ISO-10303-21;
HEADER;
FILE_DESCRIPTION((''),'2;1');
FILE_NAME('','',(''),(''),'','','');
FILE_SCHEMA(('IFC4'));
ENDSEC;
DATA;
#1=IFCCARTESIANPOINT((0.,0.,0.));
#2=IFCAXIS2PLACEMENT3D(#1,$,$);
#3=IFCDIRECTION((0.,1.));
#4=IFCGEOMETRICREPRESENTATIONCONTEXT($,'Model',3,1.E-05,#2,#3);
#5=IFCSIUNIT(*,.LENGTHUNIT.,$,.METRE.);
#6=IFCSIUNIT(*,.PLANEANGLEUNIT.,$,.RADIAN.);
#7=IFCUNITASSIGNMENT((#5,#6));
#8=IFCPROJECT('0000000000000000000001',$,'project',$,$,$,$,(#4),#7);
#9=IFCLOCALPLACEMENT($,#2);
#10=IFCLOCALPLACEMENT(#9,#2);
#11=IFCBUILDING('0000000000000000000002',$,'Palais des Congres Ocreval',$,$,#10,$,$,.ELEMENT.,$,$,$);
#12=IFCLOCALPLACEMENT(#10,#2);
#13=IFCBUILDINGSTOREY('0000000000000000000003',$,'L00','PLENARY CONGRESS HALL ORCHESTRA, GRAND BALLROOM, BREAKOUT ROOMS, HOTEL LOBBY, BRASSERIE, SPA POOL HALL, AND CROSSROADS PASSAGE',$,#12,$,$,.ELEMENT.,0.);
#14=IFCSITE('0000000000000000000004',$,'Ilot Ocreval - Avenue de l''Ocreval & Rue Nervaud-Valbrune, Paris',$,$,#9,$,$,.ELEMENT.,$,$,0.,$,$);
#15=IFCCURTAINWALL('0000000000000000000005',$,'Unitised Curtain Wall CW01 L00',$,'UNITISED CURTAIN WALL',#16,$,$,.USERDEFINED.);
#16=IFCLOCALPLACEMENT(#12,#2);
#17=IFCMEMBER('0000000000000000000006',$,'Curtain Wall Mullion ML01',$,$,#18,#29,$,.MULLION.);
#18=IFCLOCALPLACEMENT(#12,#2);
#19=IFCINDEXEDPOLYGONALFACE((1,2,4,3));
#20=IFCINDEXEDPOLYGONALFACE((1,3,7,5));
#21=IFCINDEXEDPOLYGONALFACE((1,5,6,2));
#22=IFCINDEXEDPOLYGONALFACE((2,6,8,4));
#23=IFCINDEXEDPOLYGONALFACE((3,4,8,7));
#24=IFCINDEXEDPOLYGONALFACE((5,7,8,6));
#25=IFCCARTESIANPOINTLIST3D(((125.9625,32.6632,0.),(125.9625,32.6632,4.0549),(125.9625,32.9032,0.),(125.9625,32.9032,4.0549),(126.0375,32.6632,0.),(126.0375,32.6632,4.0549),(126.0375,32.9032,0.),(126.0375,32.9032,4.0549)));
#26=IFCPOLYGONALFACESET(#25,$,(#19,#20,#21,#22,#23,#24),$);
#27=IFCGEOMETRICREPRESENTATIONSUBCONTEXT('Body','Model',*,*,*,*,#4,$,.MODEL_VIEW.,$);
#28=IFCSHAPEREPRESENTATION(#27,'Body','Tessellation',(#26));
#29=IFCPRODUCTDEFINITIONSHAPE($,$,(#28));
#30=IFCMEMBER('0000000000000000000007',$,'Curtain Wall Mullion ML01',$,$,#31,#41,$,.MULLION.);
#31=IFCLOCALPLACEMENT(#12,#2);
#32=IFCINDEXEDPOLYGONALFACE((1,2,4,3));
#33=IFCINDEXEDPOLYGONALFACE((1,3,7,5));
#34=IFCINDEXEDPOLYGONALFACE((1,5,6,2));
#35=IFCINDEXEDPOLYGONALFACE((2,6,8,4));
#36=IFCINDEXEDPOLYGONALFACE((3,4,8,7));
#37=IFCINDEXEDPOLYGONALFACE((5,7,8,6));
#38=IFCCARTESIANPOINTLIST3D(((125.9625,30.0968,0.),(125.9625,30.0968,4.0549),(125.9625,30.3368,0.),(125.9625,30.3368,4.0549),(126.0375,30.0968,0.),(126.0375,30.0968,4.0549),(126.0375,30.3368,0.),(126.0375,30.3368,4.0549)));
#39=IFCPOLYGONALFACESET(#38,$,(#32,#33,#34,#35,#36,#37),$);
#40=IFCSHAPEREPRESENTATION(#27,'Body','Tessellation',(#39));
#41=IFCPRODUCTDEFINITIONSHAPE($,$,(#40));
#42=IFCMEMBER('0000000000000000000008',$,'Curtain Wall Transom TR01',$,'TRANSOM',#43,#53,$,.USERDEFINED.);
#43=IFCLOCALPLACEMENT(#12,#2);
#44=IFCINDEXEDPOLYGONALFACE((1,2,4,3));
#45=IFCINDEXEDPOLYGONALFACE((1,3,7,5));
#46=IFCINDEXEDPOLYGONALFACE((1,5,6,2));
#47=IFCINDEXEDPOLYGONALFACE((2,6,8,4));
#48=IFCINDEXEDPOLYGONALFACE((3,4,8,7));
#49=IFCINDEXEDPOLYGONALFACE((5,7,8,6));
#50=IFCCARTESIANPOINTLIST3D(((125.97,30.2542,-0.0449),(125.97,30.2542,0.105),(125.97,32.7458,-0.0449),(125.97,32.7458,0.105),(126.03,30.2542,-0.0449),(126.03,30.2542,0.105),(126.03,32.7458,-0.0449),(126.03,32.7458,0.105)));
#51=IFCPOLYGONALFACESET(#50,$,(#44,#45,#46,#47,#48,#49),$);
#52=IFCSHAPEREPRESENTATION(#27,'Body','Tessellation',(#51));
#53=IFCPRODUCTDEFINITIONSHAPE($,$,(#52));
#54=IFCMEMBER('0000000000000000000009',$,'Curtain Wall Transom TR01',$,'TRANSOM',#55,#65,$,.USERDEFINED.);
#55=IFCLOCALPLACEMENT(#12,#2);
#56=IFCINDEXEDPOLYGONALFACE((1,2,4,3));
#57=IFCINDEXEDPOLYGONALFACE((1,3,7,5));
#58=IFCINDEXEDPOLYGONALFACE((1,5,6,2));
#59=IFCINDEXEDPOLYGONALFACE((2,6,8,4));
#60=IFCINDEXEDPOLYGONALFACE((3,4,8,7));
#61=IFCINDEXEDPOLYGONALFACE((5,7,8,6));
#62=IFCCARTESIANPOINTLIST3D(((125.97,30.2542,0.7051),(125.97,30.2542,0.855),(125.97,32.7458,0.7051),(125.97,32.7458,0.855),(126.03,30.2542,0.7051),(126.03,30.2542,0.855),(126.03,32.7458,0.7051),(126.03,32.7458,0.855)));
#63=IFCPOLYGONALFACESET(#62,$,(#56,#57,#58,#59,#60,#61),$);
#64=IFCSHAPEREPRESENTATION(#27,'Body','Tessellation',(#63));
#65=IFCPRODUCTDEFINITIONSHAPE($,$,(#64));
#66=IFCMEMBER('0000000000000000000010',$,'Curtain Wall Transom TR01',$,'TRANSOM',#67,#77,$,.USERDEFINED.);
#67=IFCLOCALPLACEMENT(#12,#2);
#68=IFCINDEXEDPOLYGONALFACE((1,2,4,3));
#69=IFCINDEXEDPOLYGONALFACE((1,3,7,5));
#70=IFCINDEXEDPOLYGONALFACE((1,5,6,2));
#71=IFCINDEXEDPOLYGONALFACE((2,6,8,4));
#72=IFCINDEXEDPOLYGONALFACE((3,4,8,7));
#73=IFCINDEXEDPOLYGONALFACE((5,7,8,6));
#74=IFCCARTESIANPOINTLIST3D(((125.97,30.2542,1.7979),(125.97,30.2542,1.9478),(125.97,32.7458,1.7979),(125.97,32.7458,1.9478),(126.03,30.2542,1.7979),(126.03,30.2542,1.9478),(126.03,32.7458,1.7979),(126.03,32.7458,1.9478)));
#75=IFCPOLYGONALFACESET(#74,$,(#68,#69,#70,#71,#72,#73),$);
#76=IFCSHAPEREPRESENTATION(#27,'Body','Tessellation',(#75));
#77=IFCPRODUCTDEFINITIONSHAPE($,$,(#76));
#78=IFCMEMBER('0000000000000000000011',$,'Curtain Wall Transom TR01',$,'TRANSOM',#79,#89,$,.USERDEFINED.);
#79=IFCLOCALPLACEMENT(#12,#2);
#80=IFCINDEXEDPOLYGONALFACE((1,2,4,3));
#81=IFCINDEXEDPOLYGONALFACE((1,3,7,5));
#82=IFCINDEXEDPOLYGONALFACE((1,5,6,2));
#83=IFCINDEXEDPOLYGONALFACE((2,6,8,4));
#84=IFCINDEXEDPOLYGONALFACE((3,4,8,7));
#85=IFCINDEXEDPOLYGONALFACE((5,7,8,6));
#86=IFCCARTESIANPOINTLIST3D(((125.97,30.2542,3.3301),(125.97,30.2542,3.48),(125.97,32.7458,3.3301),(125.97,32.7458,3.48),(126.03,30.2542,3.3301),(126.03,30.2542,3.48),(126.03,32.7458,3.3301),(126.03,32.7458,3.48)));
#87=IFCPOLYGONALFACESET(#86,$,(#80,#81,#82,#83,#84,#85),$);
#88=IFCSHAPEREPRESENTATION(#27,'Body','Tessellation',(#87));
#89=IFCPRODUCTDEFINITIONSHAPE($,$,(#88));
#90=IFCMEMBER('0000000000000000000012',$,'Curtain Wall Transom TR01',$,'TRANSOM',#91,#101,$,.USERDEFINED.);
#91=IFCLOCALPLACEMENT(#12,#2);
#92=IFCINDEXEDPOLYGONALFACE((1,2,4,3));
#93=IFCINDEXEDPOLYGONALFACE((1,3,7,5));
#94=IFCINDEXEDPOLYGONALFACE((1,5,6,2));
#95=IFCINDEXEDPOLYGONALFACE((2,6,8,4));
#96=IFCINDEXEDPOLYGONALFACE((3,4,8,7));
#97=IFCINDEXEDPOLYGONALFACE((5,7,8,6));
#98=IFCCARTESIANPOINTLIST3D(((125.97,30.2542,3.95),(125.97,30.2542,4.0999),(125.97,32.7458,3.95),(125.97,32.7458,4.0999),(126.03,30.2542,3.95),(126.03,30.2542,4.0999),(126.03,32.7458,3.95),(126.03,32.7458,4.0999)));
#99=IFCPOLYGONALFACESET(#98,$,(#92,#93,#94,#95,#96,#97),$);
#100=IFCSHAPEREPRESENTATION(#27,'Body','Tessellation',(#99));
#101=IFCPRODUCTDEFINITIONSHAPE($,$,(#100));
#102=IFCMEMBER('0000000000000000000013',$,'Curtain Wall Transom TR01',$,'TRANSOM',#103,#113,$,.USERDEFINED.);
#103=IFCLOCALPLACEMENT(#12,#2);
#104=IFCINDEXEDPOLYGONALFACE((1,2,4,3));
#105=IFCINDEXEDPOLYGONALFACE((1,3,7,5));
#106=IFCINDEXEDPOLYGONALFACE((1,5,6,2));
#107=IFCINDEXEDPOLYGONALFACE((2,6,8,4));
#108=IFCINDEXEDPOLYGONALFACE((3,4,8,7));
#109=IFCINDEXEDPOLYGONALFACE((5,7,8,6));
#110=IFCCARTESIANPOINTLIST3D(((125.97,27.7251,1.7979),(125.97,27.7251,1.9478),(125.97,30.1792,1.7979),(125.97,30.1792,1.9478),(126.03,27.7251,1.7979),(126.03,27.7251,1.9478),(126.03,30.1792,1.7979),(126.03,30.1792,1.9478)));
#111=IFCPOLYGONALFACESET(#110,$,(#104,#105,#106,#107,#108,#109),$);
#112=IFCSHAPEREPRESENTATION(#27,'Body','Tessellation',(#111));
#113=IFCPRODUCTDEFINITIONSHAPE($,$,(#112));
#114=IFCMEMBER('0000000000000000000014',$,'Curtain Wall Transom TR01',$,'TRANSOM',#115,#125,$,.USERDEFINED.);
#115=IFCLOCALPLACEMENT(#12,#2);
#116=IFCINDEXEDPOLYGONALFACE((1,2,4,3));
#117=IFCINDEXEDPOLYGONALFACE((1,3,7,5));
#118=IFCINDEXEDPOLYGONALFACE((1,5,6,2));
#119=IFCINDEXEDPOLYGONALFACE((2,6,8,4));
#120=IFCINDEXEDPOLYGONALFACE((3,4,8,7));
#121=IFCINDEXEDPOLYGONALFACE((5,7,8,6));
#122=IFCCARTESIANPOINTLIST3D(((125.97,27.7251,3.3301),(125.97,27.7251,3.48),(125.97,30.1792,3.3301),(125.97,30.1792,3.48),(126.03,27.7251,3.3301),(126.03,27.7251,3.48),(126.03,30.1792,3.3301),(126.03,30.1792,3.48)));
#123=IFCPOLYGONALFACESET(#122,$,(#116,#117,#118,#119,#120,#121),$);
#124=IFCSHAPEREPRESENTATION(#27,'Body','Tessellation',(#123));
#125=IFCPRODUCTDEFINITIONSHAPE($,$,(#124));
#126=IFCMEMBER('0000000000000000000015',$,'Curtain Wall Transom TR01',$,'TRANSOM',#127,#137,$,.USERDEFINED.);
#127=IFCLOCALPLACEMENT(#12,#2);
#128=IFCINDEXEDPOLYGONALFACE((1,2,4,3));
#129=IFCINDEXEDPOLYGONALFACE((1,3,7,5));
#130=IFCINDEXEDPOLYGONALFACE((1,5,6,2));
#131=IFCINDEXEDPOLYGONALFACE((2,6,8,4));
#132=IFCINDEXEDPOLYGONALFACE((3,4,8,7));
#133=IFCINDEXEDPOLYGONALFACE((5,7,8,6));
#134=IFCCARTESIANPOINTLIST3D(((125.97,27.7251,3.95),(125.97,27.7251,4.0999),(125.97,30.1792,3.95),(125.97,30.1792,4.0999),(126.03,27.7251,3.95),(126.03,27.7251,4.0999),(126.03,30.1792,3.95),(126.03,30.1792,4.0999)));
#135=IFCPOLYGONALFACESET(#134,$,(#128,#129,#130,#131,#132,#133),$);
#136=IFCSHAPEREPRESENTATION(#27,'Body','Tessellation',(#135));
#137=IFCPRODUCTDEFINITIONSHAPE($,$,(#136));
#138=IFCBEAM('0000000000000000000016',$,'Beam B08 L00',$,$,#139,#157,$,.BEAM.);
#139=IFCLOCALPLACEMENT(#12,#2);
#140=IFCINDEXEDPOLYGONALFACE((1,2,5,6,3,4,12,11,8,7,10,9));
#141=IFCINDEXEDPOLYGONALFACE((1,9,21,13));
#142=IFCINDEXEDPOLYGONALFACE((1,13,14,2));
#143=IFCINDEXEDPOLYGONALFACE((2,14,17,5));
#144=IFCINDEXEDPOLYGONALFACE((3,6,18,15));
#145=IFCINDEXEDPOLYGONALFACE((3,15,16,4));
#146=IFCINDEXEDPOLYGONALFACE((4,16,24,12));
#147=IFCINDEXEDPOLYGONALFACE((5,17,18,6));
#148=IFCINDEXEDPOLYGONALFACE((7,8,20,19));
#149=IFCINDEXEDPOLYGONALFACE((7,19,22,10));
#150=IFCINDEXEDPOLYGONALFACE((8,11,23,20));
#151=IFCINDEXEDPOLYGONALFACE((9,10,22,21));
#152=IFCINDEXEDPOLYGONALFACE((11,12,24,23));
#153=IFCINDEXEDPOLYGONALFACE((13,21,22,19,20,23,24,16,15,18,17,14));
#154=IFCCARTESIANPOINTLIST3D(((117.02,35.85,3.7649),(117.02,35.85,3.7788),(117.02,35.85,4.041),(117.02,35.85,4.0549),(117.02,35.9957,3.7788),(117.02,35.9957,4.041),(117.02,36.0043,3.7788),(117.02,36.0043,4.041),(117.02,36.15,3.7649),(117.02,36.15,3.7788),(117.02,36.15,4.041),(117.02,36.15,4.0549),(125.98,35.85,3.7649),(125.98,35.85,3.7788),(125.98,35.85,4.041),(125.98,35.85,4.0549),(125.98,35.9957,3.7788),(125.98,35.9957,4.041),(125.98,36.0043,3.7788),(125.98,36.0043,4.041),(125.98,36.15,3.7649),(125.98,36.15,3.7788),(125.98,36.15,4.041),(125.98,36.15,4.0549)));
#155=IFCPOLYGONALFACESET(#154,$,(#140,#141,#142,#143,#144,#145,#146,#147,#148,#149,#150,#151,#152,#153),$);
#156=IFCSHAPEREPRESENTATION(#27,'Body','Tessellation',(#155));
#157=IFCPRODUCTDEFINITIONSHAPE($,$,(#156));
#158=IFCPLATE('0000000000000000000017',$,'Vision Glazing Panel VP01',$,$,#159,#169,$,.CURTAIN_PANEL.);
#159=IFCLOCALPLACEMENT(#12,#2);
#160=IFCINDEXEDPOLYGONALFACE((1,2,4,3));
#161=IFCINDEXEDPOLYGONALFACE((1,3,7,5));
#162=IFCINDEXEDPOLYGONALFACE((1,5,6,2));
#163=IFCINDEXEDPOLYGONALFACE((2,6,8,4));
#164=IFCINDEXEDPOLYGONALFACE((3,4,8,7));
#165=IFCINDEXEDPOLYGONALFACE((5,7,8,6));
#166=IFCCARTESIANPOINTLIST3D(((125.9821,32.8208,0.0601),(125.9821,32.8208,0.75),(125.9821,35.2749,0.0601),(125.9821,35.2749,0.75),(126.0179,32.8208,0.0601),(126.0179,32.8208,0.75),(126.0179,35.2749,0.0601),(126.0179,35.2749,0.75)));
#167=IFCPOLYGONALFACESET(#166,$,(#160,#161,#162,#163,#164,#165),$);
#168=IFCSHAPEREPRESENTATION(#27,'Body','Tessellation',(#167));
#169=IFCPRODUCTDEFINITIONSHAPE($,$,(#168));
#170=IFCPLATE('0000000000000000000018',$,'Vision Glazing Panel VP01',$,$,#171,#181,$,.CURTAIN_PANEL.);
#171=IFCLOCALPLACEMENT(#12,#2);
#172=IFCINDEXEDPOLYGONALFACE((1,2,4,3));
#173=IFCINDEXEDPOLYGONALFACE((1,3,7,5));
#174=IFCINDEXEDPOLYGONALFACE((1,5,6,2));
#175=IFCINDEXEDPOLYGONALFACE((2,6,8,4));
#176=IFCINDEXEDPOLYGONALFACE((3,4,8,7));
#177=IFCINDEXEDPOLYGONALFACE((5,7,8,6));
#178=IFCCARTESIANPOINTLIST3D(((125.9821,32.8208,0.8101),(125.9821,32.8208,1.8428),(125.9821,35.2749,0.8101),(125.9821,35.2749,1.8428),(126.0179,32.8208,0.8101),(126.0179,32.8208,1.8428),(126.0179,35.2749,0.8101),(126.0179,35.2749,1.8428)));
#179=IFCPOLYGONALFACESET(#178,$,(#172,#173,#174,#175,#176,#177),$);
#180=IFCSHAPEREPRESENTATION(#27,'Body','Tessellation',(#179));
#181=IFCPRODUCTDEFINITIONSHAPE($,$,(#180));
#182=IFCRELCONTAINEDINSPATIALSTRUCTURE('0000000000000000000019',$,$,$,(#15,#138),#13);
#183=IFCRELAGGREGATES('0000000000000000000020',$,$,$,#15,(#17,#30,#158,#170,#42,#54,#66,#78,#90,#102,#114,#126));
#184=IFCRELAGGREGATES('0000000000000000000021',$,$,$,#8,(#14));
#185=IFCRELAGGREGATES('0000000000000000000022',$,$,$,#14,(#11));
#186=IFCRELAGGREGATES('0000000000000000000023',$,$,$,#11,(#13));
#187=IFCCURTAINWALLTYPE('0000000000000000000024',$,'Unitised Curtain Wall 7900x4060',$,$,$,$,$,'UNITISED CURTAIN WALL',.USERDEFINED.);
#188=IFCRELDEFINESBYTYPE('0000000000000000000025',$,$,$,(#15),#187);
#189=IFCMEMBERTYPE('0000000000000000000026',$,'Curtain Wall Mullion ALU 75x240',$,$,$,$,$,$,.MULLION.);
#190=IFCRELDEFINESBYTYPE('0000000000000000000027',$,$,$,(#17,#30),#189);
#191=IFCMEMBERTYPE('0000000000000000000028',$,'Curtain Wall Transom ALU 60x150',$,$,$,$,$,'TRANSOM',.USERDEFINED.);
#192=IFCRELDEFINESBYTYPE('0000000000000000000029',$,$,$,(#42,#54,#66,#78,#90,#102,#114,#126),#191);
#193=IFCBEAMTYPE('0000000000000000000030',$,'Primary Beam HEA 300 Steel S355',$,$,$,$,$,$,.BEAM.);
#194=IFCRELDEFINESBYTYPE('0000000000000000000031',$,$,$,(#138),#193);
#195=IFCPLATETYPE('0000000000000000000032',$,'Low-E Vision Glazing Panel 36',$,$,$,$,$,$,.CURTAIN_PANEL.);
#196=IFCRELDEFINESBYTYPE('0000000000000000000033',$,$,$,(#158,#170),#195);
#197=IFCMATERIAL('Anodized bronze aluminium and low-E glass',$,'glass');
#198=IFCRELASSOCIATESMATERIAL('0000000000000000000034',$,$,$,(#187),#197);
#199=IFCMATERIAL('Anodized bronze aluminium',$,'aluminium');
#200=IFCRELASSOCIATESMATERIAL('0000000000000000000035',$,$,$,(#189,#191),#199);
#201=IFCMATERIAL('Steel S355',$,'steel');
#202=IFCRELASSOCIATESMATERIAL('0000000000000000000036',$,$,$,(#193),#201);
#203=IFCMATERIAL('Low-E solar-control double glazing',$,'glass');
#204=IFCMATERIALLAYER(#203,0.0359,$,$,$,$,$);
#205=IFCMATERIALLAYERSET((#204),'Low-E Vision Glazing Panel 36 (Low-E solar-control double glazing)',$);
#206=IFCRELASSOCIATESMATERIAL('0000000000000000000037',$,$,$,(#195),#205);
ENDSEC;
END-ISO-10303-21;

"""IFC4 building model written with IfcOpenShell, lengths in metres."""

from ifc_helpers import new_model, si_unit, direction, frame, origin, origin_2d, place, context, subcontext, project, spatial, rectangle, i_section, extrude, material, layer, layer_set, material_profile, profile_set, type_object, element, aggregate, save


model = new_model("IFC4")

# Units and contexts
model_context = context("Model", 3, precision=1e-05, world=origin(), true_north=direction((0.0, 1.0)))
body_context = subcontext(model_context, "Body", "Model", "MODEL_VIEW")
ifc_project = project(units=[si_unit("LENGTHUNIT", "METRE"), si_unit("PLANEANGLEUNIT", "RADIAN")], contexts=[model_context])

# Site, building, storey
site_placement = place(None, origin())
site = spatial("IfcSite", under=ifc_project, at=site_placement, Name="Ilot Ocreval - Avenue de l'Ocreval & Rue Nervaud-Valbrune, Paris", CompositionType="ELEMENT", RefElevation=0.0)
building_placement = place(site_placement, origin())
building = spatial("IfcBuilding", under=site, at=building_placement, Name="Palais des Congres Ocreval", CompositionType="ELEMENT")
storey_placement = place(building_placement, origin())
storey = spatial("IfcBuildingStorey", under=building, at=storey_placement, Name="L00", Description="PLENARY CONGRESS HALL ORCHESTRA, GRAND BALLROOM, BREAKOUT ROOMS, HOTEL LOBBY, BRASSERIE, SPA POOL HALL, AND CROSSROADS PASSAGE", CompositionType="ELEMENT", Elevation=0.0)

# Curtain wall, members
ifc_material_1 = material(Name="Anodized bronze aluminium and low-E glass", Category="glass")
curtain_wall_type = type_object("IfcCurtainWallType", Name="Unitised Curtain Wall 7900x4060", ElementType="UNITISED CURTAIN WALL", PredefinedType="USERDEFINED", material=ifc_material_1)
curtain_wall_placement = place(storey_placement, origin())
curtain_wall = element("IfcCurtainWall", 1, at=curtain_wall_placement, inside=storey, type_object=curtain_wall_type, Name="Unitised Curtain Wall CW01 L00", ObjectType="UNITISED CURTAIN WALL", PredefinedType="USERDEFINED")
ifc_material_2 = material(Name="Anodized bronze aluminium", Category="aluminium")
ifc_material_profile_1 = material_profile(ifc_material_2, rectangle(XDim=0.075, YDim=0.24, at=origin_2d()), Name="ALU 75x240")
ifc_profile_set_1 = profile_set([ifc_material_profile_1], Name="Anodized bronze aluminium")
member_type_1 = type_object("IfcMemberType", Name="Curtain Wall Mullion ALU 75x240", PredefinedType="MULLION", material=ifc_profile_set_1)
member_1_placement = place(storey_placement, frame((126.0, 32.7832, 0.0), z_axis=(0.0, 0.0, 1.0), x_axis=(1.0, 0.0, 0.0)))
member_1 = element("IfcMember", 2, at=member_1_placement, type_object=member_type_1, Name="Curtain Wall Mullion ML01", PredefinedType="MULLION", context=body_context, shape_type="SweptSolid", body=[
    extrude(rectangle(XDim=0.075, YDim=0.24, at=origin_2d()), origin(), (0.0, 0.0, 1.0), 4.0549),
])
member_2_placement = place(storey_placement, frame((126.0, 30.2168, 0.0), z_axis=(0.0, 0.0, 1.0), x_axis=(1.0, 0.0, 0.0)))
member_2 = element("IfcMember", 3, at=member_2_placement, type_object=member_type_1, Name="Curtain Wall Mullion ML01", PredefinedType="MULLION", context=body_context, shape_type="SweptSolid", body=[
    extrude(rectangle(XDim=0.075, YDim=0.24, at=origin_2d()), origin(), (0.0, 0.0, 1.0), 4.0549),
])
ifc_material_profile_2 = material_profile(ifc_material_2, rectangle(XDim=0.0601, YDim=0.1499, at=origin_2d()), Name="ALU 60x150")
ifc_profile_set_2 = profile_set([ifc_material_profile_2], Name="Anodized bronze aluminium")
member_type_2 = type_object("IfcMemberType", Name="Curtain Wall Transom ALU 60x150", ElementType="TRANSOM", PredefinedType="USERDEFINED", material=ifc_profile_set_2)
member_3_placement = place(storey_placement, frame((126.0, 32.7458, 0.03), z_axis=(0.0, -1.0, 0.0), x_axis=(1.0, 0.0, 0.0)))
member_3 = element("IfcMember", 4, at=member_3_placement, type_object=member_type_2, Name="Curtain Wall Transom TR01", ObjectType="TRANSOM", PredefinedType="USERDEFINED", context=body_context, shape_type="SweptSolid", body=[
    extrude(rectangle(XDim=0.0601, YDim=0.1499, at=origin_2d()), origin(), (0.0, 0.0, 1.0), 2.4917),
])
member_4_placement = place(storey_placement, frame((126.0, 32.7458, 0.78), z_axis=(0.0, -1.0, 0.0), x_axis=(1.0, 0.0, 0.0)))
member_4 = element("IfcMember", 5, at=member_4_placement, type_object=member_type_2, Name="Curtain Wall Transom TR01", ObjectType="TRANSOM", PredefinedType="USERDEFINED", context=body_context, shape_type="SweptSolid", body=[
    extrude(rectangle(XDim=0.0601, YDim=0.1499, at=origin_2d()), origin(), (0.0, 0.0, 1.0), 2.4917),
])
member_5_placement = place(storey_placement, frame((126.0, 32.7458, 1.8728), z_axis=(0.0, -1.0, 0.0), x_axis=(1.0, 0.0, 0.0)))
member_5 = element("IfcMember", 6, at=member_5_placement, type_object=member_type_2, Name="Curtain Wall Transom TR01", ObjectType="TRANSOM", PredefinedType="USERDEFINED", context=body_context, shape_type="SweptSolid", body=[
    extrude(rectangle(XDim=0.0601, YDim=0.1499, at=origin_2d()), origin(), (0.0, 0.0, 1.0), 2.4917),
])
member_6_placement = place(storey_placement, frame((126.0, 32.7458, 3.405), z_axis=(0.0, -1.0, 0.0), x_axis=(1.0, 0.0, 0.0)))
member_6 = element("IfcMember", 7, at=member_6_placement, type_object=member_type_2, Name="Curtain Wall Transom TR01", ObjectType="TRANSOM", PredefinedType="USERDEFINED", context=body_context, shape_type="SweptSolid", body=[
    extrude(rectangle(XDim=0.0601, YDim=0.1499, at=origin_2d()), origin(), (0.0, 0.0, 1.0), 2.4917),
])
member_7_placement = place(storey_placement, frame((126.0, 32.7458, 4.0249), z_axis=(0.0, -1.0, 0.0), x_axis=(1.0, 0.0, 0.0)))
member_7 = element("IfcMember", 8, at=member_7_placement, type_object=member_type_2, Name="Curtain Wall Transom TR01", ObjectType="TRANSOM", PredefinedType="USERDEFINED", context=body_context, shape_type="SweptSolid", body=[
    extrude(rectangle(XDim=0.0601, YDim=0.1499, at=origin_2d()), origin(), (0.0, 0.0, 1.0), 2.4917),
])
member_8_placement = place(storey_placement, frame((126.0, 30.1792, 1.8728), z_axis=(0.0, -1.0, 0.0), x_axis=(1.0, 0.0, 0.0)))
member_8 = element("IfcMember", 9, at=member_8_placement, type_object=member_type_2, Name="Curtain Wall Transom TR01", ObjectType="TRANSOM", PredefinedType="USERDEFINED", context=body_context, shape_type="SweptSolid", body=[
    extrude(rectangle(XDim=0.0601, YDim=0.1499, at=origin_2d()), origin(), (0.0, 0.0, 1.0), 2.4541),
])
member_9_placement = place(storey_placement, frame((126.0, 30.1792, 3.405), z_axis=(0.0, -1.0, 0.0), x_axis=(1.0, 0.0, 0.0)))
member_9 = element("IfcMember", 10, at=member_9_placement, type_object=member_type_2, Name="Curtain Wall Transom TR01", ObjectType="TRANSOM", PredefinedType="USERDEFINED", context=body_context, shape_type="SweptSolid", body=[
    extrude(rectangle(XDim=0.0601, YDim=0.1499, at=origin_2d()), origin(), (0.0, 0.0, 1.0), 2.4541),
])
member_10_placement = place(storey_placement, frame((126.0, 30.1792, 4.0249), z_axis=(0.0, -1.0, 0.0), x_axis=(1.0, 0.0, 0.0)))
member_10 = element("IfcMember", 11, at=member_10_placement, type_object=member_type_2, Name="Curtain Wall Transom TR01", ObjectType="TRANSOM", PredefinedType="USERDEFINED", context=body_context, shape_type="SweptSolid", body=[
    extrude(rectangle(XDim=0.0601, YDim=0.1499, at=origin_2d()), origin(), (0.0, 0.0, 1.0), 2.4541),
])

# Beam
ifc_material_3 = material(Name="Steel S355", Category="steel")
ifc_material_profile_3 = material_profile(ifc_material_3, i_section(OverallWidth=0.3, OverallDepth=0.29, WebThickness=0.0085, FlangeThickness=0.0139, at=origin_2d()), Name="HEA 300")
ifc_profile_set_3 = profile_set([ifc_material_profile_3], Name="Steel S355")
beam_type = type_object("IfcBeamType", Name="Primary Beam HEA 300 Steel S355", PredefinedType="BEAM", material=ifc_profile_set_3)
beam_placement = place(storey_placement, frame((117.02, 36.0, 3.9099), z_axis=(1.0, 0.0, 0.0), x_axis=(0.0, 1.0, 0.0)))
element("IfcBeam", 12, at=beam_placement, inside=storey, type_object=beam_type, Name="Beam B08 L00", PredefinedType="BEAM", context=body_context, shape_type="SweptSolid", body=[
    extrude(i_section(OverallWidth=0.3, OverallDepth=0.29, WebThickness=0.0085, FlangeThickness=0.0139, at=origin_2d()), origin(), (0.0, 0.0, 1.0), 8.96),
])

# Plates
ifc_material_4 = material(Name="Low-E solar-control double glazing", Category="glass")
ifc_layer_1 = layer(ifc_material_4, 0.0359)
ifc_layer_set_1 = layer_set([ifc_layer_1], Name="Low-E Vision Glazing Panel 36 (Low-E solar-control double glazing)")
plate_type_1 = type_object("IfcPlateType", Name="Low-E Vision Glazing Panel 36", PredefinedType="CURTAIN_PANEL", material=ifc_layer_set_1)
plate_1_placement = place(storey_placement, frame((126.0, 34.0479, 0.0601), z_axis=(0.0, 0.0, 1.0), x_axis=(0.0, -1.0, 0.0)))
plate_1 = element("IfcPlate", 13, at=plate_1_placement, type_object=plate_type_1, Name="Vision Glazing Panel VP01", PredefinedType="CURTAIN_PANEL", context=body_context, shape_type="SweptSolid", body=[
    extrude(rectangle(XDim=2.4541, YDim=0.0359, at=origin_2d()), origin(), (0.0, 0.0, 1.0), 0.6899),
])
plate_2_placement = place(storey_placement, frame((126.0, 34.0479, 0.8101), z_axis=(0.0, 0.0, 1.0), x_axis=(0.0, -1.0, 0.0)))
plate_2 = element("IfcPlate", 14, at=plate_2_placement, type_object=plate_type_1, Name="Vision Glazing Panel VP01", PredefinedType="CURTAIN_PANEL", context=body_context, shape_type="SweptSolid", body=[
    extrude(rectangle(XDim=2.4541, YDim=0.0359, at=origin_2d()), origin(), (0.0, 0.0, 1.0), 1.0327),
])
aggregate(curtain_wall, [member_1, member_2, plate_1, plate_2, member_3, member_4, member_5, member_6, member_7, member_8, member_9, member_10])

save(model, "model.ifc")
